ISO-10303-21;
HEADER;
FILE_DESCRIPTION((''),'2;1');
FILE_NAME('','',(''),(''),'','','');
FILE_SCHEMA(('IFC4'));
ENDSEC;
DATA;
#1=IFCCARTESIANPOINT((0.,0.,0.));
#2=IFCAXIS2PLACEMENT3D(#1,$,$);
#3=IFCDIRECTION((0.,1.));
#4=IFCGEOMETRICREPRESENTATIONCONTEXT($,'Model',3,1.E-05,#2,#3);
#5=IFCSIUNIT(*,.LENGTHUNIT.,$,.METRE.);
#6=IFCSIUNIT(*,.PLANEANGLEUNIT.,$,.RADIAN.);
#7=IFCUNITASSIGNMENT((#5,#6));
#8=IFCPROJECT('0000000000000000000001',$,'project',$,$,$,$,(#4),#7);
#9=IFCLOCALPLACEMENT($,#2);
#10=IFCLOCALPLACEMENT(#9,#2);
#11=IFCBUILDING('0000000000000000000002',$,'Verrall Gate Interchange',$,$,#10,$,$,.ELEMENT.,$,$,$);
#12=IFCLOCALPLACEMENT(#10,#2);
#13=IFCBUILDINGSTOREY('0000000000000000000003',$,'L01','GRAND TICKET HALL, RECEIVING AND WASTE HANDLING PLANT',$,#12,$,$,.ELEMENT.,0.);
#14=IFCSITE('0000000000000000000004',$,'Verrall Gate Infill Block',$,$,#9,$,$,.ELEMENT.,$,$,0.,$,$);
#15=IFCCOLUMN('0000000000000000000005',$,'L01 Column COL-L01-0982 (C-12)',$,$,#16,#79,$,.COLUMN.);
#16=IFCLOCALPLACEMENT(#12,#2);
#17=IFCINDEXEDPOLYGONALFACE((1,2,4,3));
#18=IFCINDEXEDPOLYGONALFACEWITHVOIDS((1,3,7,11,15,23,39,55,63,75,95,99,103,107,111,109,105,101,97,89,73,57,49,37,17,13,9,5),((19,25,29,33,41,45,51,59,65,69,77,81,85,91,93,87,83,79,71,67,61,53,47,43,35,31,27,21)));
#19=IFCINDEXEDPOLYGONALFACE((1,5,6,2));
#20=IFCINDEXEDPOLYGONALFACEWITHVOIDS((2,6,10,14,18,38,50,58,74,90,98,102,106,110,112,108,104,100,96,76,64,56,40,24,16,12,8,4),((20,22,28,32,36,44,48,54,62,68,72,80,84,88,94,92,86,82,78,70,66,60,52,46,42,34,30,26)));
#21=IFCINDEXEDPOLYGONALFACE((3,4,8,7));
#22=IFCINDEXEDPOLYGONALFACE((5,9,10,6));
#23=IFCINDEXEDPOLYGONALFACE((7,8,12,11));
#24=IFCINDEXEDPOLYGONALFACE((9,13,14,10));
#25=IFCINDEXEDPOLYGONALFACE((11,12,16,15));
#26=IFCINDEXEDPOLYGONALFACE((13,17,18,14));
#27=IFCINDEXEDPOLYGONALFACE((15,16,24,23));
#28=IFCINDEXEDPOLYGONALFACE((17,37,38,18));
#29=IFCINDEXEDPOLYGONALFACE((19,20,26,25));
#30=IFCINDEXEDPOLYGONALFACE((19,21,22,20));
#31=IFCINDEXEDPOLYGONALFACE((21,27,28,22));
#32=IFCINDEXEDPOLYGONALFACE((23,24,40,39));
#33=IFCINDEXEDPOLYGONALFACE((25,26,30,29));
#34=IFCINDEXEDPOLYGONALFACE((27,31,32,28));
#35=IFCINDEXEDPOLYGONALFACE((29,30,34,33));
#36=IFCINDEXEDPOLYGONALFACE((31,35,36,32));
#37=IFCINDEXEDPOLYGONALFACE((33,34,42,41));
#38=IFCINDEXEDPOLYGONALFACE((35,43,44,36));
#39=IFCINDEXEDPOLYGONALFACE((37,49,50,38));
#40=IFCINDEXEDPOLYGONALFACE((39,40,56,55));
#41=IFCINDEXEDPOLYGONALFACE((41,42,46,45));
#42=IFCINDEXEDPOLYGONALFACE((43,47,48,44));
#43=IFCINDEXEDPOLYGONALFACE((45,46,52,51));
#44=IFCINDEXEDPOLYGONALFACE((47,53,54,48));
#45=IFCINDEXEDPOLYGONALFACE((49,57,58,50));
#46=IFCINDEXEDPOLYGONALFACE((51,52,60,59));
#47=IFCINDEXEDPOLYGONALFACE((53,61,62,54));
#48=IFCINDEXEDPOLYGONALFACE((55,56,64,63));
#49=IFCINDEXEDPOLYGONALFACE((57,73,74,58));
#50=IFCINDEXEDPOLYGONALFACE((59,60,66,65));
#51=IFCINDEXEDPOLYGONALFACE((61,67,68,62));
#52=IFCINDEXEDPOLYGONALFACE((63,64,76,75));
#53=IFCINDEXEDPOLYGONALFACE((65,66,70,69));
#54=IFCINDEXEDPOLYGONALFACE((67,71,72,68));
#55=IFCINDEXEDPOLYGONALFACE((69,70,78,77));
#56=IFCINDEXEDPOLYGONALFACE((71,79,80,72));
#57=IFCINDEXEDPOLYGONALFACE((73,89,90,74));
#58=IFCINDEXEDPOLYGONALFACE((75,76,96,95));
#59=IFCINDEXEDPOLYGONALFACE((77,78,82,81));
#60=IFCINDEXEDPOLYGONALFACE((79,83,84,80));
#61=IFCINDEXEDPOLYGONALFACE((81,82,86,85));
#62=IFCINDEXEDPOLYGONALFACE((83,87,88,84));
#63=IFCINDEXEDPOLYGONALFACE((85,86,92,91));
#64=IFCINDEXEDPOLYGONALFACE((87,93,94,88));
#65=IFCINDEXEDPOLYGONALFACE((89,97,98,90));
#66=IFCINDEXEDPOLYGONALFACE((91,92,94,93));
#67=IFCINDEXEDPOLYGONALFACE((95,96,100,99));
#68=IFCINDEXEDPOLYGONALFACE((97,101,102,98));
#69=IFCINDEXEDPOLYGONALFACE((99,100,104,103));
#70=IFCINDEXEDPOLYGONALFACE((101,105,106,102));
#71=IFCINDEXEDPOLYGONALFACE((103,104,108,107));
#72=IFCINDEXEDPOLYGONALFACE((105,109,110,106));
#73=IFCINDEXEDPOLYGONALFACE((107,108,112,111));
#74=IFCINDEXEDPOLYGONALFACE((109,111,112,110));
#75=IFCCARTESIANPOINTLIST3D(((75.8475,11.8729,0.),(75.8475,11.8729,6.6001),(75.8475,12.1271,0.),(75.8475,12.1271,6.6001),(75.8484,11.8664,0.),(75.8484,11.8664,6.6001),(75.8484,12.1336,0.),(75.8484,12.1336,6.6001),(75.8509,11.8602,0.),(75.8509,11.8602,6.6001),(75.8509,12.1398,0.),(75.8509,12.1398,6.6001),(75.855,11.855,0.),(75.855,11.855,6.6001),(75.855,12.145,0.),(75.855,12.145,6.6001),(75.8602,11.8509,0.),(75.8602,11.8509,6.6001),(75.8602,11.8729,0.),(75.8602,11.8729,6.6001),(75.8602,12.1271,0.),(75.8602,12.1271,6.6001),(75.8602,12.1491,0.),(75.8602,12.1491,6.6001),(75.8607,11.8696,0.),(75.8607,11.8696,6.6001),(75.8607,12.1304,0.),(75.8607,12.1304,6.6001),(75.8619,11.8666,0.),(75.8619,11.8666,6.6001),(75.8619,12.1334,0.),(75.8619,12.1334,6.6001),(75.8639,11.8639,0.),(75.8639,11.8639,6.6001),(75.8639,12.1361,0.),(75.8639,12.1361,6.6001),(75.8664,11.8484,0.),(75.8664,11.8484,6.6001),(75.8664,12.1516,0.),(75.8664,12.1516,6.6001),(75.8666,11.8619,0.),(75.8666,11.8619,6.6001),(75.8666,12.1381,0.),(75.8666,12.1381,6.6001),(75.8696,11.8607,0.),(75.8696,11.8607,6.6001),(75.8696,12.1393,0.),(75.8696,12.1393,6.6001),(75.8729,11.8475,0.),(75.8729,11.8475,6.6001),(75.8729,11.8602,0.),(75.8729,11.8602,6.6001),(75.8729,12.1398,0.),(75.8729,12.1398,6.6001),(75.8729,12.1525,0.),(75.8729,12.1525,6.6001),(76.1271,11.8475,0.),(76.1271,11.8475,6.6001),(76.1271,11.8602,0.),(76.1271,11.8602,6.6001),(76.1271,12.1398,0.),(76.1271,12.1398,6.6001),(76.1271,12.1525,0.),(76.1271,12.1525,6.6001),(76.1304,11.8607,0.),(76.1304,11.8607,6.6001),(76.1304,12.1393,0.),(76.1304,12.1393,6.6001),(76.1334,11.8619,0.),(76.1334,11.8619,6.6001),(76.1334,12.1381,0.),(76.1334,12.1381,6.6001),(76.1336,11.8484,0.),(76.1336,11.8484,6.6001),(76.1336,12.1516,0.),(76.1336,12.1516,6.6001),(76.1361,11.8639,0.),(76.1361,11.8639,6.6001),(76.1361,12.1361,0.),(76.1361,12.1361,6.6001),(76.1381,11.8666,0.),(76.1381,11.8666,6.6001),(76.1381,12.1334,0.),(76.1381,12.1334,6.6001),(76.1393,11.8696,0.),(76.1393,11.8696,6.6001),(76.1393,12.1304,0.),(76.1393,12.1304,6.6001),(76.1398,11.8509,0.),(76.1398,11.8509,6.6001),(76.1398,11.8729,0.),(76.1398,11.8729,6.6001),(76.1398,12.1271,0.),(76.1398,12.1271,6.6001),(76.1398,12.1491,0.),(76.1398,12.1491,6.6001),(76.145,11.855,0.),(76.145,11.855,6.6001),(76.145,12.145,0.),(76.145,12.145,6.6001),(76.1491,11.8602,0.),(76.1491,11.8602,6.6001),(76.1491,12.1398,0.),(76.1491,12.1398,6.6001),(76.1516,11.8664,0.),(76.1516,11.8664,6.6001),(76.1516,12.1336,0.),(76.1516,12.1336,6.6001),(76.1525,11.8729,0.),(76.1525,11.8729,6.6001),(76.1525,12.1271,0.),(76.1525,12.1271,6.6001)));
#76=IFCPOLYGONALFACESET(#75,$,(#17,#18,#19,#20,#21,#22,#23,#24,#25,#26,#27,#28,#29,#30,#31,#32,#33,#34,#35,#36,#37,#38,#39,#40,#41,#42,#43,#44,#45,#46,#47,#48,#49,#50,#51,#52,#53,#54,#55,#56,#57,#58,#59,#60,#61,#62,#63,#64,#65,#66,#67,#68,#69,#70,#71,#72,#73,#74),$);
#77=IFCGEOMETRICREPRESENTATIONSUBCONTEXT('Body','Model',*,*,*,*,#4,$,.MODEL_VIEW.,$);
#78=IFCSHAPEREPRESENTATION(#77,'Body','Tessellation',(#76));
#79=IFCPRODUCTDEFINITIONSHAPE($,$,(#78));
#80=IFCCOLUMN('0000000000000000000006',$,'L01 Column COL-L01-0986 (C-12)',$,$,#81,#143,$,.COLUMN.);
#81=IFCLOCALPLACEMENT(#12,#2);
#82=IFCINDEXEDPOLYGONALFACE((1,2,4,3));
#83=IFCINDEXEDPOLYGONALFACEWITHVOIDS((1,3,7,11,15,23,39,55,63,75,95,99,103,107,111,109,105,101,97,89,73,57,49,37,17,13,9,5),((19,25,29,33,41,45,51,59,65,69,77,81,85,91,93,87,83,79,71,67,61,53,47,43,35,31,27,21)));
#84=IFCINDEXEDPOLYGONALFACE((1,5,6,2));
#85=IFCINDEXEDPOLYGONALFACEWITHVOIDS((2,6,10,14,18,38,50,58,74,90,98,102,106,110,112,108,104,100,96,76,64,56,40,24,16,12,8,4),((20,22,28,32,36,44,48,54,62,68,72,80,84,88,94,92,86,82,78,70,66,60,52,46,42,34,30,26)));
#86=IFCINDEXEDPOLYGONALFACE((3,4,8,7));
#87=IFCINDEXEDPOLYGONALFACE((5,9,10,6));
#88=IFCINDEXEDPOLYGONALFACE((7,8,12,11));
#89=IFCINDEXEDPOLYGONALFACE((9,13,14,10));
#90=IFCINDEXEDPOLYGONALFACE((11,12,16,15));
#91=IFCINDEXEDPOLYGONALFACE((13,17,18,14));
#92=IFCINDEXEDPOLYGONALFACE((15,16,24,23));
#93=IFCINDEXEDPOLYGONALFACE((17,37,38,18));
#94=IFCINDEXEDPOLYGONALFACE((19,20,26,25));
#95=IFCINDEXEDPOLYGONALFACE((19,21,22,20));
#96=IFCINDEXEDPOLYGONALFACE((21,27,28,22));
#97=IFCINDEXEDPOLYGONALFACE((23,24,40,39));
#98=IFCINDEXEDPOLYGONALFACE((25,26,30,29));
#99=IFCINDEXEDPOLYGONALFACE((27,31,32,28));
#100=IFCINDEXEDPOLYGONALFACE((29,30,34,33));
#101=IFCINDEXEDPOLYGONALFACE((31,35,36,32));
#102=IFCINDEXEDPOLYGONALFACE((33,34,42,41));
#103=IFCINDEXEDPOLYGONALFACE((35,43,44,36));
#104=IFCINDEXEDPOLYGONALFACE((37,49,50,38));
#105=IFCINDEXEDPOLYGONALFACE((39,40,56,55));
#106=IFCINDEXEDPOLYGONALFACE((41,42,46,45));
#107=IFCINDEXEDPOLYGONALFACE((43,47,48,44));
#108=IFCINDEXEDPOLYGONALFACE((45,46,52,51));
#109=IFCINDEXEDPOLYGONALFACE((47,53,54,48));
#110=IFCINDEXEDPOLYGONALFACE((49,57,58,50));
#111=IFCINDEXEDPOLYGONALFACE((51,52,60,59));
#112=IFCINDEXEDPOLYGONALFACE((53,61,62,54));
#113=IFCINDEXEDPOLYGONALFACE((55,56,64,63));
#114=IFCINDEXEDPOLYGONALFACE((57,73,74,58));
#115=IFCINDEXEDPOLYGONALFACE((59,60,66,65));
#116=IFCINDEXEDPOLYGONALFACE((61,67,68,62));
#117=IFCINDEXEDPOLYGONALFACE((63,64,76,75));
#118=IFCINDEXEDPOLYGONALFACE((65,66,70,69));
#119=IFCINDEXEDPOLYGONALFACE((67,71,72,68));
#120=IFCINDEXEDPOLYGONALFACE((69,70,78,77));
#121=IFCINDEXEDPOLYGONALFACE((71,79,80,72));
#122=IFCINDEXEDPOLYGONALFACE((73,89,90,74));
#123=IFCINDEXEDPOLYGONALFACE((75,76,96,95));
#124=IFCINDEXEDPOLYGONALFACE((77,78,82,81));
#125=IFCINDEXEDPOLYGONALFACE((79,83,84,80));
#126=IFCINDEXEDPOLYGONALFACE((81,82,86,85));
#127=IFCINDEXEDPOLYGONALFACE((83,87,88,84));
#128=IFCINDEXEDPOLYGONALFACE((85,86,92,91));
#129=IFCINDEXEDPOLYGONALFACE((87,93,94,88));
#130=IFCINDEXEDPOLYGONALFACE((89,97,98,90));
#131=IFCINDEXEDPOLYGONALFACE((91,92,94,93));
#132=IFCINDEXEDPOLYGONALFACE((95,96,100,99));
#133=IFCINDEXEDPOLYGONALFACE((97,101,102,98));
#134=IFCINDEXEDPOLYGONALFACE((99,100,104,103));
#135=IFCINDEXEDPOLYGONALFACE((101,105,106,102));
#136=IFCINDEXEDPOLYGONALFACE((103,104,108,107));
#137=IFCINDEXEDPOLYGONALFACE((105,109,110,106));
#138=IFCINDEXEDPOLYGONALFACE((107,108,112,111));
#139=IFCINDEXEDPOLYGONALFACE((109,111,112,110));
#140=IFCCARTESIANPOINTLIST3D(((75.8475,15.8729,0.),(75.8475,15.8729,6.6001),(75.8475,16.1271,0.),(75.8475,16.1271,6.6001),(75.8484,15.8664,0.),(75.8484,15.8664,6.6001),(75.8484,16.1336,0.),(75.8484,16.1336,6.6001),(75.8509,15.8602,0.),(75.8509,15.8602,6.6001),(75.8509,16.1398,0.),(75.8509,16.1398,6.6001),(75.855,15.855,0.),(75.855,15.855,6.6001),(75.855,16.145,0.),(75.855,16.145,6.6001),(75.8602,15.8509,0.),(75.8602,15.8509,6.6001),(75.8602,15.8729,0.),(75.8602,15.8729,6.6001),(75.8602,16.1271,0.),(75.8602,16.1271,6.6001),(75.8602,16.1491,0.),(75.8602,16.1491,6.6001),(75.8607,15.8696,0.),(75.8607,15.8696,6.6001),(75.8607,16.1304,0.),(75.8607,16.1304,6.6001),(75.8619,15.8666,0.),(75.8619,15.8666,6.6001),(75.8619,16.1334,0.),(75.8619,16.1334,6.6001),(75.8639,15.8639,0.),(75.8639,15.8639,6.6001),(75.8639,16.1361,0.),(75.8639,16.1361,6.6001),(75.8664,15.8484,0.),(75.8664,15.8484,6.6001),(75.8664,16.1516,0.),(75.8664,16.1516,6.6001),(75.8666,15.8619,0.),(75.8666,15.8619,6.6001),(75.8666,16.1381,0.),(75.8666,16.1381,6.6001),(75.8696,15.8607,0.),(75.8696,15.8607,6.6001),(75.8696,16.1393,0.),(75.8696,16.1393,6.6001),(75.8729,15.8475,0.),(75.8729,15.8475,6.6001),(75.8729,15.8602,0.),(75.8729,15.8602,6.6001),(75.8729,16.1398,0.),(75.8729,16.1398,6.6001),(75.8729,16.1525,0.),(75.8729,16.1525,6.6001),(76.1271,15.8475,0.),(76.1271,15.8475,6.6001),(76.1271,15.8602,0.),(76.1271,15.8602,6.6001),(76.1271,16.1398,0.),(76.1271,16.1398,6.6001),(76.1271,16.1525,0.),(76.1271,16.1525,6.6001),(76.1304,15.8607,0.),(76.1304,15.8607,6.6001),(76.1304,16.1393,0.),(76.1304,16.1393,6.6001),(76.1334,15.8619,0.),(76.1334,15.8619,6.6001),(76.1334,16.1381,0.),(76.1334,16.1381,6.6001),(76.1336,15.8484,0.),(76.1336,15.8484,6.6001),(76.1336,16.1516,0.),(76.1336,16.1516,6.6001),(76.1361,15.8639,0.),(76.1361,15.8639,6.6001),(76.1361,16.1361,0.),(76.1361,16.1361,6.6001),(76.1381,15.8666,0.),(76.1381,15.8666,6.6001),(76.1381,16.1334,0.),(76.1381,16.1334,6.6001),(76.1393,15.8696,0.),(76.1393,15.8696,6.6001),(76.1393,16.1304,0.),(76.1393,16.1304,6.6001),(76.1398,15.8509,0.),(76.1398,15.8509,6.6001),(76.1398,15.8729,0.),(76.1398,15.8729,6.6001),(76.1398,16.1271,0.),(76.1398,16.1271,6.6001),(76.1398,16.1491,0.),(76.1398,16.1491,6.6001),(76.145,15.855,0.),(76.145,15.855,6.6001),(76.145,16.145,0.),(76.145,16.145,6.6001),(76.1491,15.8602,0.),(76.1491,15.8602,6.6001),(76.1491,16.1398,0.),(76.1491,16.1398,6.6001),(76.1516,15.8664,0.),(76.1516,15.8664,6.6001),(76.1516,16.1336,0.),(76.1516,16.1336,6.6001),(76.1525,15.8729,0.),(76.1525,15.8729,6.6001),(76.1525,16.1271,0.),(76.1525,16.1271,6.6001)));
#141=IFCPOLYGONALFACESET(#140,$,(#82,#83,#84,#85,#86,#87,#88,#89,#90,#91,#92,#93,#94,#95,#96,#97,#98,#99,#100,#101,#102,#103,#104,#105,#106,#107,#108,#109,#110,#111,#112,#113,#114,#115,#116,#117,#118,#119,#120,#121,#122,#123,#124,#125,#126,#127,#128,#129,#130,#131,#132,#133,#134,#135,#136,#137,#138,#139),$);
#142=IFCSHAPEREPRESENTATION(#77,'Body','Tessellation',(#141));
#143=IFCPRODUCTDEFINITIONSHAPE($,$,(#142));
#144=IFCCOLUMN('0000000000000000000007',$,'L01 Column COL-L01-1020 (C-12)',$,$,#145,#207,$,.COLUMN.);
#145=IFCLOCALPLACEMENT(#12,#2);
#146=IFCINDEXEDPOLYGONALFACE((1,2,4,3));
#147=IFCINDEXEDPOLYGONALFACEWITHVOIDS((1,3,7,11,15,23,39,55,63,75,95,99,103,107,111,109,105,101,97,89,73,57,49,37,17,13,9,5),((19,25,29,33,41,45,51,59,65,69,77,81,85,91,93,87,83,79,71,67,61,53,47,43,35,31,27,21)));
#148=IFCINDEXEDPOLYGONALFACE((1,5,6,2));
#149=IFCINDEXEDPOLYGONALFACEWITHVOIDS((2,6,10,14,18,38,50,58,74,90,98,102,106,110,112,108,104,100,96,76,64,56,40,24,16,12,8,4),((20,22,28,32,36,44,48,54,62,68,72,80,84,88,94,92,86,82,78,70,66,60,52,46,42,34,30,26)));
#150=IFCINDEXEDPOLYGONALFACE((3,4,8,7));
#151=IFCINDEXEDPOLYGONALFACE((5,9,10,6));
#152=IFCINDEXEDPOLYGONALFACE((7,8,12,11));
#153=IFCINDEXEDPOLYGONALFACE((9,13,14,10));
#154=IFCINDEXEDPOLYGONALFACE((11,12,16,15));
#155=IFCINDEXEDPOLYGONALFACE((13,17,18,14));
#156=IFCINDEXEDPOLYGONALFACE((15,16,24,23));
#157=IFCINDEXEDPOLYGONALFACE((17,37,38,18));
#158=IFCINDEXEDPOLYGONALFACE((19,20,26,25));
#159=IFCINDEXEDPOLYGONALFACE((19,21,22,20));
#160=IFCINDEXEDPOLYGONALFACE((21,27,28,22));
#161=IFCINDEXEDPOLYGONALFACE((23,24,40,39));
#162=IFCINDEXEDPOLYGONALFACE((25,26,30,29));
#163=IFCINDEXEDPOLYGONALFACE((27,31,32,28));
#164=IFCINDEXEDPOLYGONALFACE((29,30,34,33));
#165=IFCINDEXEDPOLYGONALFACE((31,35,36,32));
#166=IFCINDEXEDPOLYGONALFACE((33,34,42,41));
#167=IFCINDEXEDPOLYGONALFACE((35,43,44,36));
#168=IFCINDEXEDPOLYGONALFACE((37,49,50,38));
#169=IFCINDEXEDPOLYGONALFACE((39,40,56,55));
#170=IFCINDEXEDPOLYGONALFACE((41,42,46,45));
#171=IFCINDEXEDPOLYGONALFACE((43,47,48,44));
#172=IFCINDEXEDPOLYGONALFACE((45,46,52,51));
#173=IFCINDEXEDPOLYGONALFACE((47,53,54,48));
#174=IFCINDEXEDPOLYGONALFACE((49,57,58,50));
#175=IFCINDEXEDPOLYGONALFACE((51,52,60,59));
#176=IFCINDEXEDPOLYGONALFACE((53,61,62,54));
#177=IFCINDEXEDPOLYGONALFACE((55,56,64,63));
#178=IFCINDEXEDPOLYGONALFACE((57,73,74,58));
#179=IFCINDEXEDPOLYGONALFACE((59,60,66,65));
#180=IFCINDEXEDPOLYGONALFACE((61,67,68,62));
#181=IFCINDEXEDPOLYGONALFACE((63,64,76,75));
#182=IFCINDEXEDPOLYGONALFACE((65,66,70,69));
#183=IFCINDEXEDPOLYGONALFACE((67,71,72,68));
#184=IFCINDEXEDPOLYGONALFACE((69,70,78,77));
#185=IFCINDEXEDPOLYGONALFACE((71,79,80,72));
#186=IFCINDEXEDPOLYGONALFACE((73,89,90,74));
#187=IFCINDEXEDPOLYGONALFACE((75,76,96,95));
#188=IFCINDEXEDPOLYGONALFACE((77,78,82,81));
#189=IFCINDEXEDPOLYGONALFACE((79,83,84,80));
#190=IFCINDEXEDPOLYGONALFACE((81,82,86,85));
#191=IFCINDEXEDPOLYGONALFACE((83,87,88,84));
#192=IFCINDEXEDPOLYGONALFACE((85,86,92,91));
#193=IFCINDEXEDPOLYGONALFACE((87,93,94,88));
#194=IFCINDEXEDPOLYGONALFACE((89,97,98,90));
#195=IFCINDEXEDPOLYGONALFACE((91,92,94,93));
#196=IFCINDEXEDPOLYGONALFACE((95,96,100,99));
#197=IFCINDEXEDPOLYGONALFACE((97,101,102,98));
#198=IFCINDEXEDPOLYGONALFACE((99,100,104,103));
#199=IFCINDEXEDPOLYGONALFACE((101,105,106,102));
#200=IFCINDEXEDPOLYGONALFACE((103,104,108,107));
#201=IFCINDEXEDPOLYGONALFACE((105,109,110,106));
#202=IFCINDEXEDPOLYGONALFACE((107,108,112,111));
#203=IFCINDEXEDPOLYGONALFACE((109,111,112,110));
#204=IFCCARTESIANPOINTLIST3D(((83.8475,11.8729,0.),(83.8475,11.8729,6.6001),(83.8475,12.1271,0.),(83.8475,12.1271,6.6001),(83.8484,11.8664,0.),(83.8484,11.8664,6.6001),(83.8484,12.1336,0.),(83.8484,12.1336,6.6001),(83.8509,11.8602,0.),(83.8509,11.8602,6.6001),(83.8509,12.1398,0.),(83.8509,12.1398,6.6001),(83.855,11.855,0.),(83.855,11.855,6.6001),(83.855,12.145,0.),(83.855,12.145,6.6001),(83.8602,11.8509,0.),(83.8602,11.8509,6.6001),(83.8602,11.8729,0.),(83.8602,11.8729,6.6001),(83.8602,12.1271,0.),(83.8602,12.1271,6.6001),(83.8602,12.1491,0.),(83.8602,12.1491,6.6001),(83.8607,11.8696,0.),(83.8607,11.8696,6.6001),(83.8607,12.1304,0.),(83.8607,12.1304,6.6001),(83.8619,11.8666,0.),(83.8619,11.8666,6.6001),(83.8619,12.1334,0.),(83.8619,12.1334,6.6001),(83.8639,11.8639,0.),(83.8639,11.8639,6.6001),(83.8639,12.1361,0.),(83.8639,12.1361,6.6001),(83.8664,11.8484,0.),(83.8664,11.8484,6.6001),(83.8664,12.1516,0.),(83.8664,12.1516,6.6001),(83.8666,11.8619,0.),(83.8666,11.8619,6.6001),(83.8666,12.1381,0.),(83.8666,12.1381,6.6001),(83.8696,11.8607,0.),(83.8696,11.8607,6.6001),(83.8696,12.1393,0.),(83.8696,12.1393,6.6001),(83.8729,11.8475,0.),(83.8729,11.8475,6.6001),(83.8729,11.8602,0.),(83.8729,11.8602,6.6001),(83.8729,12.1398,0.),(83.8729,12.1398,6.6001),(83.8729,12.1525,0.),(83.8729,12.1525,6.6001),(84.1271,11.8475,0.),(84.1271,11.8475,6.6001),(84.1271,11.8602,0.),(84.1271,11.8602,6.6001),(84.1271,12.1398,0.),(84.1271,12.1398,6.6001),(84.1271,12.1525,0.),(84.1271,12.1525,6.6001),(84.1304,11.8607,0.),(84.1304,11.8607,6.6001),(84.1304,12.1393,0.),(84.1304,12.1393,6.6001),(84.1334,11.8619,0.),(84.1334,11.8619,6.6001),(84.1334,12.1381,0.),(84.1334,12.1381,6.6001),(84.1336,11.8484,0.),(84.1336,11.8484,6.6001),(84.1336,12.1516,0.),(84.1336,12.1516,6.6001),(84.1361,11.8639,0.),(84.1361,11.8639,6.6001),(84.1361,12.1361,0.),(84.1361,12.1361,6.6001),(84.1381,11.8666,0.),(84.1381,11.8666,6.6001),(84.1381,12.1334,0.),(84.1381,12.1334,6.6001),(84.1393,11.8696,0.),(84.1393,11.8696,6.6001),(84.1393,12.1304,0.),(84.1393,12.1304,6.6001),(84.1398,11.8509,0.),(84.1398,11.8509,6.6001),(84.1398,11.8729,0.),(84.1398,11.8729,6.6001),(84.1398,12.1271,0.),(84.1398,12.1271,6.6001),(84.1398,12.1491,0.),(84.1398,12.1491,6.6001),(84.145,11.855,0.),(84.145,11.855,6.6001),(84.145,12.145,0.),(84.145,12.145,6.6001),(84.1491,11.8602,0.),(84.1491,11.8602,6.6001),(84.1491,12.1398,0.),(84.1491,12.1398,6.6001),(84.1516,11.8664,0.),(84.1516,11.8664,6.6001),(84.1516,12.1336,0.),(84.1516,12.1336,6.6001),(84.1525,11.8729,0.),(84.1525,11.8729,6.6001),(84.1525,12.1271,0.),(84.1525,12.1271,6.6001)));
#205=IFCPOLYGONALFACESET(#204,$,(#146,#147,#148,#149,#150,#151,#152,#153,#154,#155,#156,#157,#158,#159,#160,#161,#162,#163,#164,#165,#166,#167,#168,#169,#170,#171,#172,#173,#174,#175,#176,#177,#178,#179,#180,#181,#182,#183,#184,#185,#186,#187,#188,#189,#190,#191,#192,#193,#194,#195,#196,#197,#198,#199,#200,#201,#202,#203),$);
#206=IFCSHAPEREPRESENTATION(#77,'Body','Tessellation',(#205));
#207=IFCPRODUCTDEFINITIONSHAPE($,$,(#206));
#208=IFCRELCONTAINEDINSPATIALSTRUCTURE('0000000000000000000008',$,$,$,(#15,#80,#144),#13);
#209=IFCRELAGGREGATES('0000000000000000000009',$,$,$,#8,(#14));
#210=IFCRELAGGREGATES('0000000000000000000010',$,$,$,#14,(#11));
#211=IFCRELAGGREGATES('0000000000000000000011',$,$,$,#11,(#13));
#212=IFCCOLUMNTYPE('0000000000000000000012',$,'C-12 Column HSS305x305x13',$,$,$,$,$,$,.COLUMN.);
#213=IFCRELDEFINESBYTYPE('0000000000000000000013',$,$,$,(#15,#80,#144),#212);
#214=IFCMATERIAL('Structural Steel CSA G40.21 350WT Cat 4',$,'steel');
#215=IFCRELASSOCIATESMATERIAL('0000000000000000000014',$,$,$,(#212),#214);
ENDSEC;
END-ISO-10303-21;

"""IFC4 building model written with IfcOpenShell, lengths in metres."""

from ifc_helpers import new_model, si_unit, direction, frame, origin, origin_2d, place, context, subcontext, project, spatial, hollow_rectangle, extrude, material, material_profile, profile_set, type_object, element, save


model = new_model("IFC4")

# Units and contexts
model_context = context("Model", 3, precision=1e-05, world=origin(), true_north=direction((0.0, 1.0)))
body_context = subcontext(model_context, "Body", "Model", "MODEL_VIEW")
ifc_project = project(units=[si_unit("LENGTHUNIT", "METRE"), si_unit("PLANEANGLEUNIT", "RADIAN")], contexts=[model_context])

# Site, building, storey
site_placement = place(None, origin())
site = spatial("IfcSite", under=ifc_project, at=site_placement, Name="Verrall Gate Infill Block", CompositionType="ELEMENT", RefElevation=0.0)
building_placement = place(site_placement, origin())
building = spatial("IfcBuilding", under=site, at=building_placement, Name="Verrall Gate Interchange", CompositionType="ELEMENT")
storey_placement = place(building_placement, origin())
storey = spatial("IfcBuildingStorey", under=building, at=storey_placement, Name="L01", Description="GRAND TICKET HALL, RECEIVING AND WASTE HANDLING PLANT", CompositionType="ELEMENT", Elevation=0.0)

# Columns
ifc_material_1 = material(Name="Structural Steel CSA G40.21 350WT Cat 4", Category="steel")
ifc_material_profile_1 = material_profile(ifc_material_1, hollow_rectangle(XDim=0.3049, YDim=0.3049, WallThickness=0.0127, InnerFilletRadius=0.0127, OuterFilletRadius=0.0254, at=origin_2d()), Name="HSS305x305x13")
ifc_profile_set_1 = profile_set([ifc_material_profile_1], Name="Structural Steel CSA G40.21 350WT Cat 4")
column_type = type_object("IfcColumnType", Name="C-12 Column HSS305x305x13", PredefinedType="COLUMN", material=ifc_profile_set_1)
for number, where, z_axis, x_axis, name in (
    (1, (76.0, 12.0, 0.0), (0.0, 0.0, 1.0), (1.0, 0.0, 0.0), "L01 Column COL-L01-0982 (C-12)"),
    (2, (76.0, 16.0, 0.0), (0.0, 0.0, 1.0), (1.0, 0.0, 0.0), "L01 Column COL-L01-0986 (C-12)"),
    (3, (84.0, 12.0, 0.0), (0.0, 0.0, 1.0), (1.0, 0.0, 0.0), "L01 Column COL-L01-1020 (C-12)"),
):
    element("IfcColumn", number, at=place(storey_placement, frame(where, z_axis=z_axis, x_axis=x_axis)), inside=storey, type_object=column_type, Name=name, PredefinedType="COLUMN", context=body_context, shape_type="SweptSolid", body=[
        extrude(hollow_rectangle(XDim=0.3049, YDim=0.3049, WallThickness=0.0127, InnerFilletRadius=0.0127, OuterFilletRadius=0.0254, at=origin_2d()), origin(), (0.0, 0.0, 1.0), 6.6001),
    ])

save(model, "model.ifc")
